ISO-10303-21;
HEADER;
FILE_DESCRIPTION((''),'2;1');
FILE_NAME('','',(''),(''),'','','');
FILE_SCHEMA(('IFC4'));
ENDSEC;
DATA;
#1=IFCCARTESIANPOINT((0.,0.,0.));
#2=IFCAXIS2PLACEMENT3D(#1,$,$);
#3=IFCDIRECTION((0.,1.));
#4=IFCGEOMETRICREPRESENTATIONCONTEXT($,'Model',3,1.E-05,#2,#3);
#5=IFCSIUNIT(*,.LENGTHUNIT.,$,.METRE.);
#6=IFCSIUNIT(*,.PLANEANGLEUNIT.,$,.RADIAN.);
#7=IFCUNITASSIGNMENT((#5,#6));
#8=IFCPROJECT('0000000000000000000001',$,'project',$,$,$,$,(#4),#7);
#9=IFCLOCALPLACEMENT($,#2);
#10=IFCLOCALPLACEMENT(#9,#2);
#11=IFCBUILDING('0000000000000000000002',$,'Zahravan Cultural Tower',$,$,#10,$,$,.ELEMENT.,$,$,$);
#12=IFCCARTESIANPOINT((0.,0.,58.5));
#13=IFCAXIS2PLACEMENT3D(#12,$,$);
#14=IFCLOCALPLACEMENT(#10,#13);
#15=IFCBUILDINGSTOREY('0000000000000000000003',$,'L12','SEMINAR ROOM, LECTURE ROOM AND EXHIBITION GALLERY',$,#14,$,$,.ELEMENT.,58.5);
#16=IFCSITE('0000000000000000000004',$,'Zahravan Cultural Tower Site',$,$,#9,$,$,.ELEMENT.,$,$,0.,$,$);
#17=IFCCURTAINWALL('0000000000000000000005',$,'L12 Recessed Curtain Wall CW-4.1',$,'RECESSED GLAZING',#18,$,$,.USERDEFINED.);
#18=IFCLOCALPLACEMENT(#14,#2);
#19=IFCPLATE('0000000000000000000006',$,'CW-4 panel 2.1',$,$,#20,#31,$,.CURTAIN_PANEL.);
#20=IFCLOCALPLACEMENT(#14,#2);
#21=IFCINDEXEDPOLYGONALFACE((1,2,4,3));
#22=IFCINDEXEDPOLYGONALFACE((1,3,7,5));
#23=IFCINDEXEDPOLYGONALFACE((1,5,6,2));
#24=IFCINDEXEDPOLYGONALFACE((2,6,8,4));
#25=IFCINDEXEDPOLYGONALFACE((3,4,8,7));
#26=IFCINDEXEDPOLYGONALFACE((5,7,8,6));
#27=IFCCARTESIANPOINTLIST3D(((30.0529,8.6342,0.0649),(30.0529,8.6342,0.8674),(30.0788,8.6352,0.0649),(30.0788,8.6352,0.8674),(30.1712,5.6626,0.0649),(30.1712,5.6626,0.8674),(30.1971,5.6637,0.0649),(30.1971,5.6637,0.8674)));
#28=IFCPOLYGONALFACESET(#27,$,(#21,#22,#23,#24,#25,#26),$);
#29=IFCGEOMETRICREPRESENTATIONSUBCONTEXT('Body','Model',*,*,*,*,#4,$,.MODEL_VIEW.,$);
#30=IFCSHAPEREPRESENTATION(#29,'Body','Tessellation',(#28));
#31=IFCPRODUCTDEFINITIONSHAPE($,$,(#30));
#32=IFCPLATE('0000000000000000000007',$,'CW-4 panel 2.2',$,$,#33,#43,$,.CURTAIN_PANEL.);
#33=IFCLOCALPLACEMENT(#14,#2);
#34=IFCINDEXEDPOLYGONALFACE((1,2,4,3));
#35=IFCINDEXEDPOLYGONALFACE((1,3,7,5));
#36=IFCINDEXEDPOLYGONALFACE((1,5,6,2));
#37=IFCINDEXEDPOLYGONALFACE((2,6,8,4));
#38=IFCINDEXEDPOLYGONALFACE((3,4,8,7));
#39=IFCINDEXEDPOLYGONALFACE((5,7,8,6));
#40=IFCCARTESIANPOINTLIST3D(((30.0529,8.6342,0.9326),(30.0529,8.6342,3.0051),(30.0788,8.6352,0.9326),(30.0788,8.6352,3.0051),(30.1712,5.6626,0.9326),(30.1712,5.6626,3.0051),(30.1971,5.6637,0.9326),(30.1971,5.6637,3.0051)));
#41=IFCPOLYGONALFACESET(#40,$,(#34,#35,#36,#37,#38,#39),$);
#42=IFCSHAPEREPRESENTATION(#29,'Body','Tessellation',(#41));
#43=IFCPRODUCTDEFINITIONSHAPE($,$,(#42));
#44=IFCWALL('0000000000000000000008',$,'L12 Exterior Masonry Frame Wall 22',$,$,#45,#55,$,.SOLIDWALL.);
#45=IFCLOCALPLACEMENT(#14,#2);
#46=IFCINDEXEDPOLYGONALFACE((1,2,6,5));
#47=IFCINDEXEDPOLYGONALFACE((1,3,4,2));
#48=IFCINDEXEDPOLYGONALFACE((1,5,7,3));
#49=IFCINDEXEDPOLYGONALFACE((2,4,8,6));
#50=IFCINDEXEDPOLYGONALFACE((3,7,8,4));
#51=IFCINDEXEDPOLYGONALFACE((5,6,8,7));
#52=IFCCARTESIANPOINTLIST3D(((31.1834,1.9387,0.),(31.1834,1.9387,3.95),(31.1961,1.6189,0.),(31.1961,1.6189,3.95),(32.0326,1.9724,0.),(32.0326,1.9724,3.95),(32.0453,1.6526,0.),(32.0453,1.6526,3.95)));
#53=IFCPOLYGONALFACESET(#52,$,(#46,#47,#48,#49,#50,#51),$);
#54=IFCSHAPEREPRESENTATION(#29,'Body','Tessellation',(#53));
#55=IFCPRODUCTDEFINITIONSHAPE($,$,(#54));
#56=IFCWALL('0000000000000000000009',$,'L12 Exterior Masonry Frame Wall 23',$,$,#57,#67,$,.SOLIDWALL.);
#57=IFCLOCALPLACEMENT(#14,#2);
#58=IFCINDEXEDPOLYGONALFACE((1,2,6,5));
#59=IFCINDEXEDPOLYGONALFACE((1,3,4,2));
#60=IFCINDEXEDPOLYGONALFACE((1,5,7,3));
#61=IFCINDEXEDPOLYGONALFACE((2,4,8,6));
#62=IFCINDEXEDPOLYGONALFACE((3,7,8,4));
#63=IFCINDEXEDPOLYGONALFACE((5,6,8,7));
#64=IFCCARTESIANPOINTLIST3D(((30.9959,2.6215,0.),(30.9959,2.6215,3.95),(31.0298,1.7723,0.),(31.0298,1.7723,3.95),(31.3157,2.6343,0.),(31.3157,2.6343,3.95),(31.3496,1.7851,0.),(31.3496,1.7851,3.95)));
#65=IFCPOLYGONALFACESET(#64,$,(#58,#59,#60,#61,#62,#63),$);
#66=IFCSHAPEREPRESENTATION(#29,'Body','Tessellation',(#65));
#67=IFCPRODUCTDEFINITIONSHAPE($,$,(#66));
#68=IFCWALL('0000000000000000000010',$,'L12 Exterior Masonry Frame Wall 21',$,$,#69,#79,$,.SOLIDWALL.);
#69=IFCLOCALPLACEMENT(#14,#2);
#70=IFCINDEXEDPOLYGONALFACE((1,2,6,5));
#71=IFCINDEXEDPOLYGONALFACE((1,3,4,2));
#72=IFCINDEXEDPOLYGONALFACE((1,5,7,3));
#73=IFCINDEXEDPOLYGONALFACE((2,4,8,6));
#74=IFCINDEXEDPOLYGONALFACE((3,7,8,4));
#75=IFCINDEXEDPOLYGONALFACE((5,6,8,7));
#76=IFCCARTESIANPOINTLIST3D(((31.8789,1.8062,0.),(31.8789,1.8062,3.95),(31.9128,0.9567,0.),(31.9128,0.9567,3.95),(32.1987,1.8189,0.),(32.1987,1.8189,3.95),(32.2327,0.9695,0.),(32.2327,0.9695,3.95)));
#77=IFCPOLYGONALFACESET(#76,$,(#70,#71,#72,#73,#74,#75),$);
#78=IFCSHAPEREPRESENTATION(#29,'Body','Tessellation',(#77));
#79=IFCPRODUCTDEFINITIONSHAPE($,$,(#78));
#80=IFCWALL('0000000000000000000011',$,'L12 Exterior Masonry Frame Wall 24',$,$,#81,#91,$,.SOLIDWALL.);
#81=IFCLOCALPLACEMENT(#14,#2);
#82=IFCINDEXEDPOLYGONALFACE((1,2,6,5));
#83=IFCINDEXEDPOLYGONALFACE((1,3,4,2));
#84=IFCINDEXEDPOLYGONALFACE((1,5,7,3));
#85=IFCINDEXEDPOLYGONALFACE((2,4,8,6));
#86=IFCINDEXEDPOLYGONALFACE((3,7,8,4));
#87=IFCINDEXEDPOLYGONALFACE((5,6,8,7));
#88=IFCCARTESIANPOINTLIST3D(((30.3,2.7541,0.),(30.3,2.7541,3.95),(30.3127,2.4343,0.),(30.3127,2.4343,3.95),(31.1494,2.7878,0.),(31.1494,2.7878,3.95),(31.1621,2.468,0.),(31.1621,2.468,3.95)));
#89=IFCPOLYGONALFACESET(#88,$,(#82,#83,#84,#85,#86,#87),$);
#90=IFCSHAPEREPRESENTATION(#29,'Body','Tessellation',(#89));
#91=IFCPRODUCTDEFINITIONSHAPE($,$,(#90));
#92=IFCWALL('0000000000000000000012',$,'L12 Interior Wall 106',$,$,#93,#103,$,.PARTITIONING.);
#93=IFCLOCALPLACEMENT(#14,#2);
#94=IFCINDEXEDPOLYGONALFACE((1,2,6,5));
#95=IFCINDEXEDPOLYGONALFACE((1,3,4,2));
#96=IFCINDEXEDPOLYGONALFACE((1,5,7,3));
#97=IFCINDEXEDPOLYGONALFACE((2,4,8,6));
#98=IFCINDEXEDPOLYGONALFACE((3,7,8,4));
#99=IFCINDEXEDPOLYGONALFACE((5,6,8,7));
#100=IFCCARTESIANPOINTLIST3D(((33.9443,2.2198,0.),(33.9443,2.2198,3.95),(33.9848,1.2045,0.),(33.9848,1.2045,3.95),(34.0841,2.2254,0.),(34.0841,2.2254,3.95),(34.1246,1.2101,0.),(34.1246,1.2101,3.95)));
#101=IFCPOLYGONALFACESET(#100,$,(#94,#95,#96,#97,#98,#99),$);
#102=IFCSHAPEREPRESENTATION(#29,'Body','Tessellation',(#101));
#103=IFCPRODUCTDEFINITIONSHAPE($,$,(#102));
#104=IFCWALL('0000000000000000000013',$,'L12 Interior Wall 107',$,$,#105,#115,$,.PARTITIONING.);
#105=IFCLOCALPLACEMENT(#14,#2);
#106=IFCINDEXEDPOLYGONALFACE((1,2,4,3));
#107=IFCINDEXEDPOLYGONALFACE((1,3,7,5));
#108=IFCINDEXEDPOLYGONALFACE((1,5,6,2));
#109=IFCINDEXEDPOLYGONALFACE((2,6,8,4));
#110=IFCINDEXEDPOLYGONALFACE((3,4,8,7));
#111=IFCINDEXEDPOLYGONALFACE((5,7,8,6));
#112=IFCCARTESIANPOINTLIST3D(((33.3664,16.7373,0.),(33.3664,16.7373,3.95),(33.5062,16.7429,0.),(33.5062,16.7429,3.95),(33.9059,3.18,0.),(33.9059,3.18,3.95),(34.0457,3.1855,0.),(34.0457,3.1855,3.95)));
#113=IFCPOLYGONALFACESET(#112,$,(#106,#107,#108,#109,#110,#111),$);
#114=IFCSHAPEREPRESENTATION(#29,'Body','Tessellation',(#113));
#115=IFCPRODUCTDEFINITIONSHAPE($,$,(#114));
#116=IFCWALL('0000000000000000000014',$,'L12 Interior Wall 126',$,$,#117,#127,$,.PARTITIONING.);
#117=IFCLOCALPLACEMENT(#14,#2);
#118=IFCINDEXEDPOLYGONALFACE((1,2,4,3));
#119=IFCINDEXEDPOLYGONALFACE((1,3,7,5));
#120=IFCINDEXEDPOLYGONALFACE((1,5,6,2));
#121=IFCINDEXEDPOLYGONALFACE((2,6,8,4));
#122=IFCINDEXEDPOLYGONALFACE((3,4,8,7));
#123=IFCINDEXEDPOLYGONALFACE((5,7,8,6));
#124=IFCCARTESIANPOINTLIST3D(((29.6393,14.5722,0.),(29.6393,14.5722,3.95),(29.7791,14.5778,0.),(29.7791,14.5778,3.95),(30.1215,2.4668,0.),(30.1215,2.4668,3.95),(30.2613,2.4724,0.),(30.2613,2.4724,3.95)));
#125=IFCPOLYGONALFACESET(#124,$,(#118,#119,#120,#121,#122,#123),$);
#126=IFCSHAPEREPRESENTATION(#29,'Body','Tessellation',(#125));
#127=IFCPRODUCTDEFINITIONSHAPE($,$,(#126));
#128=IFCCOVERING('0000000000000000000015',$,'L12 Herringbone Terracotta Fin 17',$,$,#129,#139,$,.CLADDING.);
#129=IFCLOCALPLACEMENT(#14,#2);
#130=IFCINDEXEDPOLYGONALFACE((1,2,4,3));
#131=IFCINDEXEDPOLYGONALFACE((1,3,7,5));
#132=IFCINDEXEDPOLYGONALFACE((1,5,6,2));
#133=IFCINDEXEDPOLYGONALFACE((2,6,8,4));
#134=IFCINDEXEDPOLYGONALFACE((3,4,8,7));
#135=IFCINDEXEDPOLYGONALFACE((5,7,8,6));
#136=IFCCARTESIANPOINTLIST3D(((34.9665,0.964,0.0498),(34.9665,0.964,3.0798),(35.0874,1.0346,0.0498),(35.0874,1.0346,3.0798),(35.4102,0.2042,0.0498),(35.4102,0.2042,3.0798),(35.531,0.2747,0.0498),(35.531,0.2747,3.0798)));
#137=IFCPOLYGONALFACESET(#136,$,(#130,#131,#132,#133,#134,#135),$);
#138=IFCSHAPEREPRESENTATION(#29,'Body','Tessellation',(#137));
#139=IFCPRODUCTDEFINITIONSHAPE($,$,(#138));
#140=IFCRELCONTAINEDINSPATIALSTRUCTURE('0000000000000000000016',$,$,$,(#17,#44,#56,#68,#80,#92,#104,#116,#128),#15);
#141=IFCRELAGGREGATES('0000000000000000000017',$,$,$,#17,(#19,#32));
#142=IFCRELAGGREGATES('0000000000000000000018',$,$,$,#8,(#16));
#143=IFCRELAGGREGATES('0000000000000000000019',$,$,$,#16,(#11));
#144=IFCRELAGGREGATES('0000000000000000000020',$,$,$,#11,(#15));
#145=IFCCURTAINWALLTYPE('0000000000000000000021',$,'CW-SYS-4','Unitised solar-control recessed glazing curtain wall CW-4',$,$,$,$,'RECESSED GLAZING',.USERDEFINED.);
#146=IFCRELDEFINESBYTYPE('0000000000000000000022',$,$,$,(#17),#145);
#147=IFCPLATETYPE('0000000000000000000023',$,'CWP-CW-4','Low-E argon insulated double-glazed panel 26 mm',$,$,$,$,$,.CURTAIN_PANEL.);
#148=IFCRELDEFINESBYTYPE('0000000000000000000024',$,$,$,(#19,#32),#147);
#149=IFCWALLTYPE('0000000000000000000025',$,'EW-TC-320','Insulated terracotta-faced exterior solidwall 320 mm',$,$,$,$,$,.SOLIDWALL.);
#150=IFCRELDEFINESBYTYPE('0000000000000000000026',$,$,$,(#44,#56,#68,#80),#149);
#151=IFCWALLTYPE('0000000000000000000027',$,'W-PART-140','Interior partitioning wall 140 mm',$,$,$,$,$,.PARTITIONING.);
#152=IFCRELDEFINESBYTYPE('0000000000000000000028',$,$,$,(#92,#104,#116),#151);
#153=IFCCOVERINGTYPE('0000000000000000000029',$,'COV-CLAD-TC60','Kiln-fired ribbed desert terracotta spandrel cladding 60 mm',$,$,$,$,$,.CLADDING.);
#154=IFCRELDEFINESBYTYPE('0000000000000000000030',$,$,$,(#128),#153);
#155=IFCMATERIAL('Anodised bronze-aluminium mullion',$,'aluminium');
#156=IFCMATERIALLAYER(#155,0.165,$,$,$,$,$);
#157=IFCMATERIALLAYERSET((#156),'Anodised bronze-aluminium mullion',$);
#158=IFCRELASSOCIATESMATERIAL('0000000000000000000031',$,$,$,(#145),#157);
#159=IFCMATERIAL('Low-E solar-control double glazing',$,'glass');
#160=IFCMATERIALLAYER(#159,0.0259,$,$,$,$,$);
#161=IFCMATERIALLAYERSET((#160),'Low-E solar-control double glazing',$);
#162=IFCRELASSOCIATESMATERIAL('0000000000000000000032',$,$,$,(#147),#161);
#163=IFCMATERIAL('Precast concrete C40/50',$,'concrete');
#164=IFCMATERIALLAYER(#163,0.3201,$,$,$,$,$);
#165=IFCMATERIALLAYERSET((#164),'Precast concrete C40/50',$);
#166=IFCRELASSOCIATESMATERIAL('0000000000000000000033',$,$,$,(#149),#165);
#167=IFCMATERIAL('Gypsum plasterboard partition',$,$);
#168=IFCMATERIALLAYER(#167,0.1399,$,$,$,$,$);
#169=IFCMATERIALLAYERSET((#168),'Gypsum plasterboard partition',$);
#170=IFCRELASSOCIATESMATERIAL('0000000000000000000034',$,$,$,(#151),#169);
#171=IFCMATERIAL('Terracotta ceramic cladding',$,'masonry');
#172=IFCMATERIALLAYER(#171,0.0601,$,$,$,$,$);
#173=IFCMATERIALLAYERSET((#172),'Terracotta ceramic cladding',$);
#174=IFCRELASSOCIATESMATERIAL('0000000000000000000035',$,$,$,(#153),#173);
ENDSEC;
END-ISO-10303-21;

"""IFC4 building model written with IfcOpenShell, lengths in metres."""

from ifc_helpers import new_model, si_unit, direction, frame, frame_2d, origin, origin_2d, place, context, subcontext, project, spatial, rectangle, extrude, source, transform, mapped, material, layer, layer_set, type_object, element, aggregate, save


model = new_model("IFC4")

# Units and contexts
model_context = context("Model", 3, precision=1e-05, world=origin(), true_north=direction((0.0, 1.0)))
body_context = subcontext(model_context, "Body", "Model", "MODEL_VIEW")
ifc_project = project(units=[si_unit("LENGTHUNIT", "METRE"), si_unit("PLANEANGLEUNIT", "RADIAN")], contexts=[model_context])

# Site, building, storey
site_placement = place(None, origin())
site = spatial("IfcSite", under=ifc_project, at=site_placement, Name="Zahravan Cultural Tower Site", CompositionType="ELEMENT", RefElevation=0.0)
building_placement = place(site_placement, origin())
building = spatial("IfcBuilding", under=site, at=building_placement, Name="Zahravan Cultural Tower", CompositionType="ELEMENT")
storey_placement = place(building_placement, frame((0.0, 0.0, 58.5)))
storey = spatial("IfcBuildingStorey", under=building, at=storey_placement, Name="L12", Description="SEMINAR ROOM, LECTURE ROOM AND EXHIBITION GALLERY", CompositionType="ELEMENT", Elevation=58.5)

# Curtain wall, plates
ifc_material_1 = material(Name="Anodised bronze-aluminium mullion", Category="aluminium")
ifc_layer_1 = layer(ifc_material_1, 0.165)
ifc_layer_set_1 = layer_set([ifc_layer_1], Name="Anodised bronze-aluminium mullion")
curtain_wall_type = type_object("IfcCurtainWallType", Name="CW-SYS-4", Description="Unitised solar-control recessed glazing curtain wall CW-4", ElementType="RECESSED GLAZING", PredefinedType="USERDEFINED", material=ifc_layer_set_1)
curtain_wall_placement = place(storey_placement, origin())
curtain_wall = element("IfcCurtainWall", 1, at=curtain_wall_placement, inside=storey, type_object=curtain_wall_type, Name="L12 Recessed Curtain Wall CW-4.1", ObjectType="RECESSED GLAZING", PredefinedType="USERDEFINED")
ifc_material_2 = material(Name="Low-E solar-control double glazing", Category="glass")
ifc_layer_2 = layer(ifc_material_2, 0.0259)
ifc_layer_set_2 = layer_set([ifc_layer_2], Name="Low-E solar-control double glazing")
plate_type = type_object("IfcPlateType", Name="CWP-CW-4", Description="Low-E argon insulated double-glazed panel 26 mm", PredefinedType="CURTAIN_PANEL", material=ifc_layer_set_2)
shared_shape_1 = source(origin(), body_context, "Body", "SweptSolid", [
    extrude(rectangle(XDim=2.9739, YDim=0.0259, at=origin_2d()), origin(), (0.0, 0.0, 1.0), 0.8025),
])
plate_1_placement = place(storey_placement, frame((30.125, 7.1489, 0.0649), z_axis=(0.0, 0.0, 1.0), x_axis=(-0.039785, 0.999208, 0.0)))
plate_1 = element("IfcPlate", 2, at=plate_1_placement, type_object=plate_type, Name="CW-4 panel 2.1", PredefinedType="CURTAIN_PANEL", context=body_context, shape_type="MappedRepresentation", body=[
    mapped(shared_shape_1, transform((0.0, 0.0, 0.0), x_axis=(1.0, 0.0, 0.0), y_axis=(0.0, 1.0, 0.0), z_axis=(0.0, 0.0, 1.0), scale=1.0)),
])
shared_shape_2 = source(origin(), body_context, "Body", "SweptSolid", [
    extrude(rectangle(XDim=2.9739, YDim=0.0259, at=origin_2d()), origin(), (0.0, 0.0, 1.0), 2.0725),
])
plate_2_placement = place(storey_placement, frame((30.125, 7.1489, 0.9326), z_axis=(0.0, 0.0, 1.0), x_axis=(-0.039785, 0.999208, 0.0)))
plate_2 = element("IfcPlate", 3, at=plate_2_placement, type_object=plate_type, Name="CW-4 panel 2.2", PredefinedType="CURTAIN_PANEL", context=body_context, shape_type="MappedRepresentation", body=[
    mapped(shared_shape_2, transform((0.0, 0.0, 0.0), x_axis=(1.0, 0.0, 0.0), y_axis=(0.0, 1.0, 0.0), z_axis=(0.0, 0.0, 1.0), scale=1.0)),
])
aggregate(curtain_wall, [plate_1, plate_2])

# Walls
ifc_material_3 = material(Name="Precast concrete C40/50", Category="concrete")
ifc_layer_3 = layer(ifc_material_3, 0.3201)
ifc_layer_set_3 = layer_set([ifc_layer_3], Name="Precast concrete C40/50")
wall_type_1 = type_object("IfcWallType", Name="EW-TC-320", Description="Insulated terracotta-faced exterior solidwall 320 mm", PredefinedType="SOLIDWALL", material=ifc_layer_set_3)
shared_shape_3 = source(origin(), body_context, "Body", "SweptSolid", [
    extrude(rectangle(XDim=0.8499, YDim=0.3201, at=frame_2d((0.4248, 0.0))), origin(), (0.0, 0.0, 1.0), 3.95),
])
for number, where, z_axis, x_axis, name in (
    (4, (32.0388, 1.8125, 0.0), (0.0, 0.0, 1.0), (-0.999214, -0.039647, 0.0), "L12 Exterior Masonry Frame Wall 22"),
    (5, (31.1897, 1.7788, 0.0), (0.0, 0.0, 1.0), (-0.039934, 0.999202, 0.0), "L12 Exterior Masonry Frame Wall 23"),
):
    element("IfcWall", number, at=place(storey_placement, frame(where, z_axis=z_axis, x_axis=x_axis)), inside=storey, type_object=wall_type_1, Name=name, PredefinedType="SOLIDWALL", context=body_context, shape_type="MappedRepresentation", body=[
        mapped(shared_shape_3, transform((0.0, 0.0, 0.0), x_axis=(1.0, 0.0, 0.0), y_axis=(0.0, 1.0, 0.0), z_axis=(0.0, 0.0, 1.0), scale=1.0)),
    ])
shared_shape_4 = source(origin(), body_context, "Body", "SweptSolid", [
    extrude(rectangle(XDim=0.8501, YDim=0.3201, at=frame_2d((0.425, 0.0))), origin(), (0.0, 0.0, 1.0), 3.95),
])
for number, where, z_axis, x_axis, name in (
    (6, (32.0728, 0.9631, 0.0), (0.0, 0.0, 1.0), (-0.039922, 0.999203, 0.0), "L12 Exterior Masonry Frame Wall 21"),
    (7, (31.1558, 2.6279, 0.0), (0.0, 0.0, 1.0), (-0.999214, -0.039635, 0.0), "L12 Exterior Masonry Frame Wall 24"),
):
    element("IfcWall", number, at=place(storey_placement, frame(where, z_axis=z_axis, x_axis=x_axis)), inside=storey, type_object=wall_type_1, Name=name, PredefinedType="SOLIDWALL", context=body_context, shape_type="MappedRepresentation", body=[
        mapped(shared_shape_4, transform((0.0, 0.0, 0.0), x_axis=(1.0, 0.0, 0.0), y_axis=(0.0, 1.0, 0.0), z_axis=(0.0, 0.0, 1.0), scale=1.0)),
    ])
ifc_material_4 = material(Name="Gypsum plasterboard partition")
ifc_layer_4 = layer(ifc_material_4, 0.1399)
ifc_layer_set_4 = layer_set([ifc_layer_4], Name="Gypsum plasterboard partition")
wall_type_2 = type_object("IfcWallType", Name="W-PART-140", Description="Interior partitioning wall 140 mm", PredefinedType="PARTITIONING", material=ifc_layer_set_4)
shared_shape_5 = source(origin(), body_context, "Body", "SweptSolid", [
    extrude(rectangle(XDim=1.0161, YDim=0.1399, at=frame_2d((0.5081, 0.0))), origin(), (0.0, 0.0, 1.0), 3.95),
])
wall_1_placement = place(storey_placement, frame((34.0547, 1.2073, 0.0), z_axis=(0.0, 0.0, 1.0), x_axis=(-0.039882, 0.999204, 0.0)))
element("IfcWall", 8, at=wall_1_placement, inside=storey, type_object=wall_type_2, Name="L12 Interior Wall 106", PredefinedType="PARTITIONING", context=body_context, shape_type="MappedRepresentation", body=[
    mapped(shared_shape_5, transform((0.0, 0.0, 0.0), x_axis=(1.0, 0.0, 0.0), y_axis=(0.0, 1.0, 0.0), z_axis=(0.0, 0.0, 1.0), scale=1.0)),
])
shared_shape_6 = source(origin(), body_context, "Body", "SweptSolid", [
    extrude(rectangle(XDim=13.5681, YDim=0.1399, at=frame_2d((6.7842, 0.0))), origin(), (0.0, 0.0, 1.0), 3.95),
])
wall_2_placement = place(storey_placement, frame((33.9758, 3.1826, 0.0), z_axis=(0.0, 0.0, 1.0), x_axis=(-0.039766, 0.999209, 0.0)))
element("IfcWall", 9, at=wall_2_placement, inside=storey, type_object=wall_type_2, Name="L12 Interior Wall 107", PredefinedType="PARTITIONING", context=body_context, shape_type="MappedRepresentation", body=[
    mapped(shared_shape_6, transform((0.0, 0.0, 0.0), x_axis=(1.0, 0.0, 0.0), y_axis=(0.0, 1.0, 0.0), z_axis=(0.0, 0.0, 1.0), scale=1.0)),
])
shared_shape_7 = source(origin(), body_context, "Body", "SweptSolid", [
    extrude(rectangle(XDim=12.115, YDim=0.1399, at=frame_2d((6.0576, 0.0))), origin(), (0.0, 0.0, 1.0), 3.95),
])
wall_3_placement = place(storey_placement, frame((30.1914, 2.4695, 0.0), z_axis=(0.0, 0.0, 1.0), x_axis=(-0.0398, 0.999208, 0.0)))
element("IfcWall", 10, at=wall_3_placement, inside=storey, type_object=wall_type_2, Name="L12 Interior Wall 126", PredefinedType="PARTITIONING", context=body_context, shape_type="MappedRepresentation", body=[
    mapped(shared_shape_7, transform((0.0, 0.0, 0.0), x_axis=(1.0, 0.0, 0.0), y_axis=(0.0, 1.0, 0.0), z_axis=(0.0, 0.0, 1.0), scale=1.0)),
])

# Covering
ifc_material_5 = material(Name="Terracotta ceramic cladding", Category="masonry")
ifc_layer_5 = layer(ifc_material_5, 0.0601)
ifc_layer_set_5 = layer_set([ifc_layer_5], Name="Terracotta ceramic cladding")
covering_type = type_object("IfcCoveringType", Name="COV-CLAD-TC60", Description="Kiln-fired ribbed desert terracotta spandrel cladding 60 mm", PredefinedType="CLADDING", material=ifc_layer_set_5)
shared_shape_8 = source(origin(), body_context, "Body", "SweptSolid", [
    extrude(rectangle(XDim=0.8799, YDim=0.1399, at=origin_2d()), origin(), (0.0, 0.0, 1.0), 3.03),
])
covering_placement = place(storey_placement, frame((35.2488, 0.6194, 0.0498), z_axis=(0.0, 0.0, 1.0), x_axis=(0.504226, -0.863572, 0.0)))
element("IfcCovering", 11, at=covering_placement, inside=storey, type_object=covering_type, Name="L12 Herringbone Terracotta Fin 17", PredefinedType="CLADDING", context=body_context, shape_type="MappedRepresentation", body=[
    mapped(shared_shape_8, transform((0.0, 0.0, 0.0), x_axis=(1.0, 0.0, 0.0), y_axis=(0.0, 1.0, 0.0), z_axis=(0.0, 0.0, 1.0), scale=1.0)),
])

save(model, "model.ifc")
